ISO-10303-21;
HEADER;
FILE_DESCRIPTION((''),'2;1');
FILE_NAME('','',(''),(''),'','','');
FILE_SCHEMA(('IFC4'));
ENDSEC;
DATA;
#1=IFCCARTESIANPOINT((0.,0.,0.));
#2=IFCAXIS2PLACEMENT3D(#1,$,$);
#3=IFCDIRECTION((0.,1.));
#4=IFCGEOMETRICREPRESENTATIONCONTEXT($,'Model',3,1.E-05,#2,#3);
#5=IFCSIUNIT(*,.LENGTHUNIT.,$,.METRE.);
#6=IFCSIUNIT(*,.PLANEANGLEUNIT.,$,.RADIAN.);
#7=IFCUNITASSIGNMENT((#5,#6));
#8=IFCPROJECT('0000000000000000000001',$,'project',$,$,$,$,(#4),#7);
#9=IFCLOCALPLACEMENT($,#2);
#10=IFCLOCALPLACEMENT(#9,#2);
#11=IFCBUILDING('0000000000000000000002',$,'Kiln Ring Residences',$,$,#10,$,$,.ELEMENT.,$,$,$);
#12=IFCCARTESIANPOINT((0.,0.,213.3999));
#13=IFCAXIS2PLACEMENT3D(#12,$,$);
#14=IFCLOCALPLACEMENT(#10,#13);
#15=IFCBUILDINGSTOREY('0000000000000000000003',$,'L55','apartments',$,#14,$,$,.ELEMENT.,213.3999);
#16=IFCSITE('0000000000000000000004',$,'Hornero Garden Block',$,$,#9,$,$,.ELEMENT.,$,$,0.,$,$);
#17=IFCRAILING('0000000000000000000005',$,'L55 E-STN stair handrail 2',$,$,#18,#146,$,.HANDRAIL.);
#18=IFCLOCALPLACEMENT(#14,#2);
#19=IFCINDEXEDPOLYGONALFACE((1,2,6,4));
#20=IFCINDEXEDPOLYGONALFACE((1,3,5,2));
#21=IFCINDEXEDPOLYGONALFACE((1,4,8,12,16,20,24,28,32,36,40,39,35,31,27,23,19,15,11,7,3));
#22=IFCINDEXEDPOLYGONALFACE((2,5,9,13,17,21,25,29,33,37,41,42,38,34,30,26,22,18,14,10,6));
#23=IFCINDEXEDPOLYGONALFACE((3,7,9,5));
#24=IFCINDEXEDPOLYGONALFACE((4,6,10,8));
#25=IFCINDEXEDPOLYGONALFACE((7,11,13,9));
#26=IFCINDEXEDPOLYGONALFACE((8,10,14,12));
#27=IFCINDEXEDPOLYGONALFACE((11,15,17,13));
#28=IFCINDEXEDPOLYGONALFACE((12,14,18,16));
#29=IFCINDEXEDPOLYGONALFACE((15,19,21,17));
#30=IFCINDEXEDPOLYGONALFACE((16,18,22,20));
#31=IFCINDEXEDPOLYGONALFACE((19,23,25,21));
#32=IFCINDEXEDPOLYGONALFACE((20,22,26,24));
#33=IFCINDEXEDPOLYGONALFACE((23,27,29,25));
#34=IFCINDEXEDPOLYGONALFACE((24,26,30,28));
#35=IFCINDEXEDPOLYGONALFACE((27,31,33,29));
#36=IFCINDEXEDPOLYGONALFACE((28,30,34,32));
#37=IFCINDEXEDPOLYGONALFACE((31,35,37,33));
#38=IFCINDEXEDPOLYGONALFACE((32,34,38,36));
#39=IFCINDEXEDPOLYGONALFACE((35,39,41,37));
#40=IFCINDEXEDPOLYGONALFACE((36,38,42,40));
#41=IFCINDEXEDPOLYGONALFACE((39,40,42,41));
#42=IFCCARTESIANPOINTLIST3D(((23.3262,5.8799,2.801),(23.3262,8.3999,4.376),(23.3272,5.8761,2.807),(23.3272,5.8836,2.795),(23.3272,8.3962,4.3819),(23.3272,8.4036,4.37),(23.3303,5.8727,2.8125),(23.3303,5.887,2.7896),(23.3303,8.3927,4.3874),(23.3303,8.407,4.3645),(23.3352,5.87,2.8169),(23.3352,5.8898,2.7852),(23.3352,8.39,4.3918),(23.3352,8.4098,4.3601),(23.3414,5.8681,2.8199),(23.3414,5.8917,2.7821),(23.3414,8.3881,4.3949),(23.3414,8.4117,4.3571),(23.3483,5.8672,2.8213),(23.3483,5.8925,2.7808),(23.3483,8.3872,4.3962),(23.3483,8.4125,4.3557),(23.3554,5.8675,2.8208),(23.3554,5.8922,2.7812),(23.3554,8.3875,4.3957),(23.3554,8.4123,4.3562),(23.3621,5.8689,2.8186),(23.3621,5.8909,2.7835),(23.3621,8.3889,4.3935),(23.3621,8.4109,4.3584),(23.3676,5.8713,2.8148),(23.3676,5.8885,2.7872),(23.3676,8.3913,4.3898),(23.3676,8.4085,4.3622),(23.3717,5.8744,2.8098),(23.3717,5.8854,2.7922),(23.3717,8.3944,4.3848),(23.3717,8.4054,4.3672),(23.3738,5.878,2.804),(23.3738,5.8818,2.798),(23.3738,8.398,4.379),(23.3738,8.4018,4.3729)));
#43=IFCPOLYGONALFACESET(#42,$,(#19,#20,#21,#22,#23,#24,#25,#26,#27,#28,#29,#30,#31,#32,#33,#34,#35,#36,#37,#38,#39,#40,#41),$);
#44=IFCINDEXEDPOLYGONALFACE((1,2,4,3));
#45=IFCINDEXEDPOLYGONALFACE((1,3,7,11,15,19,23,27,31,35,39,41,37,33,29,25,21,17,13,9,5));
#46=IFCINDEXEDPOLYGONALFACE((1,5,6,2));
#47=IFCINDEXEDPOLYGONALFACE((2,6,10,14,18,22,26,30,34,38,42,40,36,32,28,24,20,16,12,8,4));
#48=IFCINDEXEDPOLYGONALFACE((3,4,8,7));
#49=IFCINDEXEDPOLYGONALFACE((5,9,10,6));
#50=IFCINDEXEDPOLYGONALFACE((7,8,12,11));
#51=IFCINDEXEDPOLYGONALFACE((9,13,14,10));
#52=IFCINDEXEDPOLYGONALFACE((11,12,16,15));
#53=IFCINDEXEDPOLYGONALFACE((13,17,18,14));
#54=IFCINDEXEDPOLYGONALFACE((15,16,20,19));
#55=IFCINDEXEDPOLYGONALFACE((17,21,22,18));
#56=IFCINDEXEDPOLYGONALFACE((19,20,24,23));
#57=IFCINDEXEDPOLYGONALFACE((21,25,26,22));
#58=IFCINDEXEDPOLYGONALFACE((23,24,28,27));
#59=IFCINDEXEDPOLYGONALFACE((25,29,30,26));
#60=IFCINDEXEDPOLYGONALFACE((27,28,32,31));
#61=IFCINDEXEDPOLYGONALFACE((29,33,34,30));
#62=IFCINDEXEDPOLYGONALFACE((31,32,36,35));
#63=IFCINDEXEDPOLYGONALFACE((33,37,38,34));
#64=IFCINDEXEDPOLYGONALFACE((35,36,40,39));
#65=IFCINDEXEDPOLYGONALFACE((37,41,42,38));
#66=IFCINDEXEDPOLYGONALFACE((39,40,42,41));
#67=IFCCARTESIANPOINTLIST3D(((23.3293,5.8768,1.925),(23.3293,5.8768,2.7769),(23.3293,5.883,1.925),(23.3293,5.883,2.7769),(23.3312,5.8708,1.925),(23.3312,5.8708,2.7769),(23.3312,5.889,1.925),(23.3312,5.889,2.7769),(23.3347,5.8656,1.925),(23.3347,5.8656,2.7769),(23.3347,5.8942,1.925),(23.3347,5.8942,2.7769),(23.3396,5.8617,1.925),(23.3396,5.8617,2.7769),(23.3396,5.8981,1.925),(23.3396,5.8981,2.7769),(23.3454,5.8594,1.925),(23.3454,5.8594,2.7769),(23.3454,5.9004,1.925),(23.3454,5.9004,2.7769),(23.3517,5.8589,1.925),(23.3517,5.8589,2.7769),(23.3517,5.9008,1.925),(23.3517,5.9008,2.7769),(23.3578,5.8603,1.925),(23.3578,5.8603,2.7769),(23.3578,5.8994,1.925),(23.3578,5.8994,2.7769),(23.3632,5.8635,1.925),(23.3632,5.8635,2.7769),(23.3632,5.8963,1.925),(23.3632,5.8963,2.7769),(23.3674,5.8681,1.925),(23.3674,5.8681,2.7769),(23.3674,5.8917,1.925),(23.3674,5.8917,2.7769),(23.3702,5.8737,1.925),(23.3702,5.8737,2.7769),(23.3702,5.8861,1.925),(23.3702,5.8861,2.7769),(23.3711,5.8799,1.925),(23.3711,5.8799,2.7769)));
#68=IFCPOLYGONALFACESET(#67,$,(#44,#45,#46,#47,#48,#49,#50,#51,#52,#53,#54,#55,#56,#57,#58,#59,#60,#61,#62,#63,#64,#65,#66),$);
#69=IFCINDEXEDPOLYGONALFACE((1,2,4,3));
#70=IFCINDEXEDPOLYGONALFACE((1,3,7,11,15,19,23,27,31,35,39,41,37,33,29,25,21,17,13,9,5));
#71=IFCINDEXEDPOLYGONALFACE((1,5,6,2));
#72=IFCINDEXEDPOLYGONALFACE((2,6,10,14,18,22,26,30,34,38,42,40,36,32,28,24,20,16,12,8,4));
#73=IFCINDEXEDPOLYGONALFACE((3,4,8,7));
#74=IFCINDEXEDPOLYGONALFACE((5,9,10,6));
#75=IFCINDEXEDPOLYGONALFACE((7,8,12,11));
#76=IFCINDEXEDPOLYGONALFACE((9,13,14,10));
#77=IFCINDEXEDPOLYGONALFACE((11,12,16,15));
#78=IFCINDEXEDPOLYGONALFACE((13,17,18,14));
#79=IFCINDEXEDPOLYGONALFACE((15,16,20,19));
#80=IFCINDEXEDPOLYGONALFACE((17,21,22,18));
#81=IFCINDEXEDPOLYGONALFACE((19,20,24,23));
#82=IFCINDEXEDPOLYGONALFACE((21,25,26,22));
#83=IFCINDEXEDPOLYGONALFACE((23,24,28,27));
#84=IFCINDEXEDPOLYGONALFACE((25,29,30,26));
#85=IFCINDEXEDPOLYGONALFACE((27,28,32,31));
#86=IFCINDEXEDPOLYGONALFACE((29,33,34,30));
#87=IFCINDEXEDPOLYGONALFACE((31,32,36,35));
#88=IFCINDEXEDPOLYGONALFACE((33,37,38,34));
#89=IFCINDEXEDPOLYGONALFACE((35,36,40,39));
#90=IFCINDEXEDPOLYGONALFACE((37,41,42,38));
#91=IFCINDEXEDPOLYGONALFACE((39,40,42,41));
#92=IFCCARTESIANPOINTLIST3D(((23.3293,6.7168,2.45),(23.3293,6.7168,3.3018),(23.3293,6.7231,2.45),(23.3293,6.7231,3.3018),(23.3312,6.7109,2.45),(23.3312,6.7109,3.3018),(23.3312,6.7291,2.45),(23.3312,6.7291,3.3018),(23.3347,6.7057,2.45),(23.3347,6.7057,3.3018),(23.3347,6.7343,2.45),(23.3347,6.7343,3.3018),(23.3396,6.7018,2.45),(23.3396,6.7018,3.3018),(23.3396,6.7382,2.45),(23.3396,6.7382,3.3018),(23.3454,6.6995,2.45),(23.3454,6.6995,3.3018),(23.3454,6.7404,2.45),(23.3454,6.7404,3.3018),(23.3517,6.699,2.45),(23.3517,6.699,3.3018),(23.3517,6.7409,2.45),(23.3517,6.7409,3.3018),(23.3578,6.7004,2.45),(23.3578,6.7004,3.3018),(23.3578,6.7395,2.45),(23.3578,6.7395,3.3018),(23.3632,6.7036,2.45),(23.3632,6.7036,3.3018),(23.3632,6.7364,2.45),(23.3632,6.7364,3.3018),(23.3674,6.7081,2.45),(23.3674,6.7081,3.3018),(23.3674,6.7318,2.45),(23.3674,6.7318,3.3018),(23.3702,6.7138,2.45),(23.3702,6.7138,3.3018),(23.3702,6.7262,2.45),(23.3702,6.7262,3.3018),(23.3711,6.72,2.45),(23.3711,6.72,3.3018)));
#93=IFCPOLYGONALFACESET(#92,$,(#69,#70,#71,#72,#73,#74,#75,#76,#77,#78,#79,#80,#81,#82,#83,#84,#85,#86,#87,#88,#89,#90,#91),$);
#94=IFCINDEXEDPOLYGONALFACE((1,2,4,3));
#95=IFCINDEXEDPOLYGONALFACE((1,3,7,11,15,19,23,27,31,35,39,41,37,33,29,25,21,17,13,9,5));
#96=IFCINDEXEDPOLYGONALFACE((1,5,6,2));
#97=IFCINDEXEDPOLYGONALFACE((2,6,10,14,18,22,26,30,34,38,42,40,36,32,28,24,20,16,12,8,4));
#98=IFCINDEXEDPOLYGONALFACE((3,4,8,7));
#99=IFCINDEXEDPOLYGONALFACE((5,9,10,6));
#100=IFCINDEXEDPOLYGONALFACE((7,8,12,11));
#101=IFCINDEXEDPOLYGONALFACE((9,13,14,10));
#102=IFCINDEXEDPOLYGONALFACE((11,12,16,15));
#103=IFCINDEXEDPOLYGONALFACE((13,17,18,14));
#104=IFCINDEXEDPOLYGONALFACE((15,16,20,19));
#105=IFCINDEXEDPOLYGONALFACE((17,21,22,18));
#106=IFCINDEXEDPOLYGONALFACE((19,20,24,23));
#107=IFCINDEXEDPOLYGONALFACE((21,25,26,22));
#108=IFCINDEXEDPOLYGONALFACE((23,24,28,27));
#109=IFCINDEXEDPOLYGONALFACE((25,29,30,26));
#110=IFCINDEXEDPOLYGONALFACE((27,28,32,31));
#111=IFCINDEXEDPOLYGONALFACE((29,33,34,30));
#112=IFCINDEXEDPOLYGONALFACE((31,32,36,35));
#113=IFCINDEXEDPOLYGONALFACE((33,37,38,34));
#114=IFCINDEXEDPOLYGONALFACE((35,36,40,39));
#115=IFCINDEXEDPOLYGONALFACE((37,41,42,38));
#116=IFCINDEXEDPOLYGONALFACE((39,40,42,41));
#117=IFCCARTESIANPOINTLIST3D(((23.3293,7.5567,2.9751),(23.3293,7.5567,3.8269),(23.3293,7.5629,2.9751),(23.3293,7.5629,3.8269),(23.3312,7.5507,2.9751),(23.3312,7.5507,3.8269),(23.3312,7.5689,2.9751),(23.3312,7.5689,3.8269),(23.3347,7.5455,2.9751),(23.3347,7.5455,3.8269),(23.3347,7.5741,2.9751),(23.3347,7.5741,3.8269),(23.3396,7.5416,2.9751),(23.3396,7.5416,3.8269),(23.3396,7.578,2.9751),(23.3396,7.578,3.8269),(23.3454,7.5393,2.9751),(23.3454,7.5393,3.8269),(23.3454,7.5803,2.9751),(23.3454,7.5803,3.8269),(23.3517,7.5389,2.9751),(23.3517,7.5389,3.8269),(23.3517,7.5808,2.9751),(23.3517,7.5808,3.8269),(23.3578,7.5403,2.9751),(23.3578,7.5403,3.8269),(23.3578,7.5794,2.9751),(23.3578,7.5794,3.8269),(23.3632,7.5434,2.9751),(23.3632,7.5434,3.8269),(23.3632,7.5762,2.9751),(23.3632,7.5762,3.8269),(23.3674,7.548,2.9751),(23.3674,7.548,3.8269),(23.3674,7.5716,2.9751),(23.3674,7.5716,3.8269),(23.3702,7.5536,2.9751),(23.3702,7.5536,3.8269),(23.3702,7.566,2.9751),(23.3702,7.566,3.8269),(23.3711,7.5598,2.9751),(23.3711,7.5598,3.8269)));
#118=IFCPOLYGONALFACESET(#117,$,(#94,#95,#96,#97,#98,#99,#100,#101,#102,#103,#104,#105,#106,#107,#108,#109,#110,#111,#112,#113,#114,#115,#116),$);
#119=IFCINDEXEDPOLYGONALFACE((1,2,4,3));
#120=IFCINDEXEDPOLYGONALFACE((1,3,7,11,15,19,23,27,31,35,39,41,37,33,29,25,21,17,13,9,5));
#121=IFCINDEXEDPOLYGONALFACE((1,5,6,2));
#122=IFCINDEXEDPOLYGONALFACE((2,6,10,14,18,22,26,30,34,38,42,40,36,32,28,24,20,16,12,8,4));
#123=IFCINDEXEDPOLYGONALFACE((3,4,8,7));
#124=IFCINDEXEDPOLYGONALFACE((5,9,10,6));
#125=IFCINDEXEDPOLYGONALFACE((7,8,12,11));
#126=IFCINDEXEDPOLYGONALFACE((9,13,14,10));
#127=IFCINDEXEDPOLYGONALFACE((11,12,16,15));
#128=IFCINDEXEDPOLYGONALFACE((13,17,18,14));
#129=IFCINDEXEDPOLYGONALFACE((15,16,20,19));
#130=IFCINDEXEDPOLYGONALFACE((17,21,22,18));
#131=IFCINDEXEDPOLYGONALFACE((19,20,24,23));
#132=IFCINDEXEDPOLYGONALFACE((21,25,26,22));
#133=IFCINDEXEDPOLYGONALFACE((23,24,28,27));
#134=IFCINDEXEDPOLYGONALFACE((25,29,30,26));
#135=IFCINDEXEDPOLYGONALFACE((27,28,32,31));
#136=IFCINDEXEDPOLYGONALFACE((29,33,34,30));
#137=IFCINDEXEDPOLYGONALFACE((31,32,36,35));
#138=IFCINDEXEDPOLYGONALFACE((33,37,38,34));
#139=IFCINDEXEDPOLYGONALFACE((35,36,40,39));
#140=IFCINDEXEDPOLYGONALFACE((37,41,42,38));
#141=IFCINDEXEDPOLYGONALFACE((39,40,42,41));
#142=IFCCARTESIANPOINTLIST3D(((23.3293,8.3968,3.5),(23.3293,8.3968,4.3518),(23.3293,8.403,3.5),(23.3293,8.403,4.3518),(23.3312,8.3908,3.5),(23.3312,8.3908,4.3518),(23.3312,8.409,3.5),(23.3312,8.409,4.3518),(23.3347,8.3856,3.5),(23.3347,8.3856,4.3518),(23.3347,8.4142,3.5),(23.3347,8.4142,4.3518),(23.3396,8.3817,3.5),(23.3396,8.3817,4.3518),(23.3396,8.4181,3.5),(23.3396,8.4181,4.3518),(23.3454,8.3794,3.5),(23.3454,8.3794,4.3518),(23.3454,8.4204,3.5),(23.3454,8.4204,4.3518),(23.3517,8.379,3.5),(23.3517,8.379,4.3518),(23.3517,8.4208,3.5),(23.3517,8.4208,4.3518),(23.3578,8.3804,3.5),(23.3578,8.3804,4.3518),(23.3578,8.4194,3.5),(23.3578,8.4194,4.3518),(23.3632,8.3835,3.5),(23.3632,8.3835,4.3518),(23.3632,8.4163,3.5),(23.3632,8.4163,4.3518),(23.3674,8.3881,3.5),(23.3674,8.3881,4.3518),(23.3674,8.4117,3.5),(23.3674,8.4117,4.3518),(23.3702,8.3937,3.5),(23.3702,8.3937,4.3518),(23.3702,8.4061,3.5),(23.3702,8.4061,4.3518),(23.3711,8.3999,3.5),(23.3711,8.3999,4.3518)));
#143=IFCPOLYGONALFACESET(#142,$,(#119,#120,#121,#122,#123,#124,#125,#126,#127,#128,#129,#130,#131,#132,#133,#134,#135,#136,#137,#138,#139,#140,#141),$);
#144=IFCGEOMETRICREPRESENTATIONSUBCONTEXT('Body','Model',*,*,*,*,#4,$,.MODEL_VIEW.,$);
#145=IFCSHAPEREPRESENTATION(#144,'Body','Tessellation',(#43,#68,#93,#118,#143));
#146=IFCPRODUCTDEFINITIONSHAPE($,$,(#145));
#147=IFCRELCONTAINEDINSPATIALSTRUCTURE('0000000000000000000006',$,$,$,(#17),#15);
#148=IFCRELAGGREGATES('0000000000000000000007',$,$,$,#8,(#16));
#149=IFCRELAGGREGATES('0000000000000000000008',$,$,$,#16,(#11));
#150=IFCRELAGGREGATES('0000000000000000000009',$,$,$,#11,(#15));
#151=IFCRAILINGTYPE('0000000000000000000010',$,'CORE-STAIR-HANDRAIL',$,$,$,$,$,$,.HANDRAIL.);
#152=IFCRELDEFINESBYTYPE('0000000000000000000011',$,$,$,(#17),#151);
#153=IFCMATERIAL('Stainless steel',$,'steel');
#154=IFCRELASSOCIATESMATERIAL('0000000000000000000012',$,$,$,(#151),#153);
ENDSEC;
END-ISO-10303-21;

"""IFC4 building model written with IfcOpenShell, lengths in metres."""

from ifc_helpers import new_model, si_unit, direction, frame, origin, origin_2d, place, context, subcontext, project, spatial, circle, extrude, material, type_object, element, save


model = new_model("IFC4")

# Units and contexts
model_context = context("Model", 3, precision=1e-05, world=origin(), true_north=direction((0.0, 1.0)))
body_context = subcontext(model_context, "Body", "Model", "MODEL_VIEW")
ifc_project = project(units=[si_unit("LENGTHUNIT", "METRE"), si_unit("PLANEANGLEUNIT", "RADIAN")], contexts=[model_context])

# Site, building, storey
site_placement = place(None, origin())
site = spatial("IfcSite", under=ifc_project, at=site_placement, Name="Hornero Garden Block", CompositionType="ELEMENT", RefElevation=0.0)
building_placement = place(site_placement, origin())
building = spatial("IfcBuilding", under=site, at=building_placement, Name="Kiln Ring Residences", CompositionType="ELEMENT")
storey_placement = place(building_placement, frame((0.0, 0.0, 213.3999)))
storey = spatial("IfcBuildingStorey", under=building, at=storey_placement, Name="L55", Description="apartments", CompositionType="ELEMENT", Elevation=213.3999)

# Railing
ifc_material_1 = material(Name="Stainless steel", Category="steel")
railing_type_1 = type_object("IfcRailingType", Name="CORE-STAIR-HANDRAIL", PredefinedType="HANDRAIL", material=ifc_material_1)
railing_1_placement = place(storey_placement, frame((23.3501, 5.8799, 1.925)))
element("IfcRailing", 1, at=railing_1_placement, inside=storey, type_object=railing_type_1, Name="L55 E-STN stair handrail 2", PredefinedType="HANDRAIL", context=body_context, shape_type="SweptSolid", body=[
    extrude(circle(Radius=0.0239, at=origin_2d()), frame((0.0, 0.0, 0.876), z_axis=(0.0, 0.848008, 0.529984), x_axis=(-1.0, 0.0, 0.0)), (0.0, 0.0, 1.0), 2.9717),
    extrude(circle(Radius=0.021, at=origin_2d()), origin(), (0.0, 0.0, 1.0), 0.8518),
    extrude(circle(Radius=0.021, at=origin_2d()), frame((0.0, 0.8401, 0.5249)), (0.0, 0.0, 1.0), 0.8518),
    extrude(circle(Radius=0.021, at=origin_2d()), frame((0.0, 1.6799, 1.05)), (0.0, 0.0, 1.0), 0.8518),
    extrude(circle(Radius=0.021, at=origin_2d()), frame((0.0, 2.52, 1.575)), (0.0, 0.0, 1.0), 0.8518),
])

save(model, "model.ifc")
